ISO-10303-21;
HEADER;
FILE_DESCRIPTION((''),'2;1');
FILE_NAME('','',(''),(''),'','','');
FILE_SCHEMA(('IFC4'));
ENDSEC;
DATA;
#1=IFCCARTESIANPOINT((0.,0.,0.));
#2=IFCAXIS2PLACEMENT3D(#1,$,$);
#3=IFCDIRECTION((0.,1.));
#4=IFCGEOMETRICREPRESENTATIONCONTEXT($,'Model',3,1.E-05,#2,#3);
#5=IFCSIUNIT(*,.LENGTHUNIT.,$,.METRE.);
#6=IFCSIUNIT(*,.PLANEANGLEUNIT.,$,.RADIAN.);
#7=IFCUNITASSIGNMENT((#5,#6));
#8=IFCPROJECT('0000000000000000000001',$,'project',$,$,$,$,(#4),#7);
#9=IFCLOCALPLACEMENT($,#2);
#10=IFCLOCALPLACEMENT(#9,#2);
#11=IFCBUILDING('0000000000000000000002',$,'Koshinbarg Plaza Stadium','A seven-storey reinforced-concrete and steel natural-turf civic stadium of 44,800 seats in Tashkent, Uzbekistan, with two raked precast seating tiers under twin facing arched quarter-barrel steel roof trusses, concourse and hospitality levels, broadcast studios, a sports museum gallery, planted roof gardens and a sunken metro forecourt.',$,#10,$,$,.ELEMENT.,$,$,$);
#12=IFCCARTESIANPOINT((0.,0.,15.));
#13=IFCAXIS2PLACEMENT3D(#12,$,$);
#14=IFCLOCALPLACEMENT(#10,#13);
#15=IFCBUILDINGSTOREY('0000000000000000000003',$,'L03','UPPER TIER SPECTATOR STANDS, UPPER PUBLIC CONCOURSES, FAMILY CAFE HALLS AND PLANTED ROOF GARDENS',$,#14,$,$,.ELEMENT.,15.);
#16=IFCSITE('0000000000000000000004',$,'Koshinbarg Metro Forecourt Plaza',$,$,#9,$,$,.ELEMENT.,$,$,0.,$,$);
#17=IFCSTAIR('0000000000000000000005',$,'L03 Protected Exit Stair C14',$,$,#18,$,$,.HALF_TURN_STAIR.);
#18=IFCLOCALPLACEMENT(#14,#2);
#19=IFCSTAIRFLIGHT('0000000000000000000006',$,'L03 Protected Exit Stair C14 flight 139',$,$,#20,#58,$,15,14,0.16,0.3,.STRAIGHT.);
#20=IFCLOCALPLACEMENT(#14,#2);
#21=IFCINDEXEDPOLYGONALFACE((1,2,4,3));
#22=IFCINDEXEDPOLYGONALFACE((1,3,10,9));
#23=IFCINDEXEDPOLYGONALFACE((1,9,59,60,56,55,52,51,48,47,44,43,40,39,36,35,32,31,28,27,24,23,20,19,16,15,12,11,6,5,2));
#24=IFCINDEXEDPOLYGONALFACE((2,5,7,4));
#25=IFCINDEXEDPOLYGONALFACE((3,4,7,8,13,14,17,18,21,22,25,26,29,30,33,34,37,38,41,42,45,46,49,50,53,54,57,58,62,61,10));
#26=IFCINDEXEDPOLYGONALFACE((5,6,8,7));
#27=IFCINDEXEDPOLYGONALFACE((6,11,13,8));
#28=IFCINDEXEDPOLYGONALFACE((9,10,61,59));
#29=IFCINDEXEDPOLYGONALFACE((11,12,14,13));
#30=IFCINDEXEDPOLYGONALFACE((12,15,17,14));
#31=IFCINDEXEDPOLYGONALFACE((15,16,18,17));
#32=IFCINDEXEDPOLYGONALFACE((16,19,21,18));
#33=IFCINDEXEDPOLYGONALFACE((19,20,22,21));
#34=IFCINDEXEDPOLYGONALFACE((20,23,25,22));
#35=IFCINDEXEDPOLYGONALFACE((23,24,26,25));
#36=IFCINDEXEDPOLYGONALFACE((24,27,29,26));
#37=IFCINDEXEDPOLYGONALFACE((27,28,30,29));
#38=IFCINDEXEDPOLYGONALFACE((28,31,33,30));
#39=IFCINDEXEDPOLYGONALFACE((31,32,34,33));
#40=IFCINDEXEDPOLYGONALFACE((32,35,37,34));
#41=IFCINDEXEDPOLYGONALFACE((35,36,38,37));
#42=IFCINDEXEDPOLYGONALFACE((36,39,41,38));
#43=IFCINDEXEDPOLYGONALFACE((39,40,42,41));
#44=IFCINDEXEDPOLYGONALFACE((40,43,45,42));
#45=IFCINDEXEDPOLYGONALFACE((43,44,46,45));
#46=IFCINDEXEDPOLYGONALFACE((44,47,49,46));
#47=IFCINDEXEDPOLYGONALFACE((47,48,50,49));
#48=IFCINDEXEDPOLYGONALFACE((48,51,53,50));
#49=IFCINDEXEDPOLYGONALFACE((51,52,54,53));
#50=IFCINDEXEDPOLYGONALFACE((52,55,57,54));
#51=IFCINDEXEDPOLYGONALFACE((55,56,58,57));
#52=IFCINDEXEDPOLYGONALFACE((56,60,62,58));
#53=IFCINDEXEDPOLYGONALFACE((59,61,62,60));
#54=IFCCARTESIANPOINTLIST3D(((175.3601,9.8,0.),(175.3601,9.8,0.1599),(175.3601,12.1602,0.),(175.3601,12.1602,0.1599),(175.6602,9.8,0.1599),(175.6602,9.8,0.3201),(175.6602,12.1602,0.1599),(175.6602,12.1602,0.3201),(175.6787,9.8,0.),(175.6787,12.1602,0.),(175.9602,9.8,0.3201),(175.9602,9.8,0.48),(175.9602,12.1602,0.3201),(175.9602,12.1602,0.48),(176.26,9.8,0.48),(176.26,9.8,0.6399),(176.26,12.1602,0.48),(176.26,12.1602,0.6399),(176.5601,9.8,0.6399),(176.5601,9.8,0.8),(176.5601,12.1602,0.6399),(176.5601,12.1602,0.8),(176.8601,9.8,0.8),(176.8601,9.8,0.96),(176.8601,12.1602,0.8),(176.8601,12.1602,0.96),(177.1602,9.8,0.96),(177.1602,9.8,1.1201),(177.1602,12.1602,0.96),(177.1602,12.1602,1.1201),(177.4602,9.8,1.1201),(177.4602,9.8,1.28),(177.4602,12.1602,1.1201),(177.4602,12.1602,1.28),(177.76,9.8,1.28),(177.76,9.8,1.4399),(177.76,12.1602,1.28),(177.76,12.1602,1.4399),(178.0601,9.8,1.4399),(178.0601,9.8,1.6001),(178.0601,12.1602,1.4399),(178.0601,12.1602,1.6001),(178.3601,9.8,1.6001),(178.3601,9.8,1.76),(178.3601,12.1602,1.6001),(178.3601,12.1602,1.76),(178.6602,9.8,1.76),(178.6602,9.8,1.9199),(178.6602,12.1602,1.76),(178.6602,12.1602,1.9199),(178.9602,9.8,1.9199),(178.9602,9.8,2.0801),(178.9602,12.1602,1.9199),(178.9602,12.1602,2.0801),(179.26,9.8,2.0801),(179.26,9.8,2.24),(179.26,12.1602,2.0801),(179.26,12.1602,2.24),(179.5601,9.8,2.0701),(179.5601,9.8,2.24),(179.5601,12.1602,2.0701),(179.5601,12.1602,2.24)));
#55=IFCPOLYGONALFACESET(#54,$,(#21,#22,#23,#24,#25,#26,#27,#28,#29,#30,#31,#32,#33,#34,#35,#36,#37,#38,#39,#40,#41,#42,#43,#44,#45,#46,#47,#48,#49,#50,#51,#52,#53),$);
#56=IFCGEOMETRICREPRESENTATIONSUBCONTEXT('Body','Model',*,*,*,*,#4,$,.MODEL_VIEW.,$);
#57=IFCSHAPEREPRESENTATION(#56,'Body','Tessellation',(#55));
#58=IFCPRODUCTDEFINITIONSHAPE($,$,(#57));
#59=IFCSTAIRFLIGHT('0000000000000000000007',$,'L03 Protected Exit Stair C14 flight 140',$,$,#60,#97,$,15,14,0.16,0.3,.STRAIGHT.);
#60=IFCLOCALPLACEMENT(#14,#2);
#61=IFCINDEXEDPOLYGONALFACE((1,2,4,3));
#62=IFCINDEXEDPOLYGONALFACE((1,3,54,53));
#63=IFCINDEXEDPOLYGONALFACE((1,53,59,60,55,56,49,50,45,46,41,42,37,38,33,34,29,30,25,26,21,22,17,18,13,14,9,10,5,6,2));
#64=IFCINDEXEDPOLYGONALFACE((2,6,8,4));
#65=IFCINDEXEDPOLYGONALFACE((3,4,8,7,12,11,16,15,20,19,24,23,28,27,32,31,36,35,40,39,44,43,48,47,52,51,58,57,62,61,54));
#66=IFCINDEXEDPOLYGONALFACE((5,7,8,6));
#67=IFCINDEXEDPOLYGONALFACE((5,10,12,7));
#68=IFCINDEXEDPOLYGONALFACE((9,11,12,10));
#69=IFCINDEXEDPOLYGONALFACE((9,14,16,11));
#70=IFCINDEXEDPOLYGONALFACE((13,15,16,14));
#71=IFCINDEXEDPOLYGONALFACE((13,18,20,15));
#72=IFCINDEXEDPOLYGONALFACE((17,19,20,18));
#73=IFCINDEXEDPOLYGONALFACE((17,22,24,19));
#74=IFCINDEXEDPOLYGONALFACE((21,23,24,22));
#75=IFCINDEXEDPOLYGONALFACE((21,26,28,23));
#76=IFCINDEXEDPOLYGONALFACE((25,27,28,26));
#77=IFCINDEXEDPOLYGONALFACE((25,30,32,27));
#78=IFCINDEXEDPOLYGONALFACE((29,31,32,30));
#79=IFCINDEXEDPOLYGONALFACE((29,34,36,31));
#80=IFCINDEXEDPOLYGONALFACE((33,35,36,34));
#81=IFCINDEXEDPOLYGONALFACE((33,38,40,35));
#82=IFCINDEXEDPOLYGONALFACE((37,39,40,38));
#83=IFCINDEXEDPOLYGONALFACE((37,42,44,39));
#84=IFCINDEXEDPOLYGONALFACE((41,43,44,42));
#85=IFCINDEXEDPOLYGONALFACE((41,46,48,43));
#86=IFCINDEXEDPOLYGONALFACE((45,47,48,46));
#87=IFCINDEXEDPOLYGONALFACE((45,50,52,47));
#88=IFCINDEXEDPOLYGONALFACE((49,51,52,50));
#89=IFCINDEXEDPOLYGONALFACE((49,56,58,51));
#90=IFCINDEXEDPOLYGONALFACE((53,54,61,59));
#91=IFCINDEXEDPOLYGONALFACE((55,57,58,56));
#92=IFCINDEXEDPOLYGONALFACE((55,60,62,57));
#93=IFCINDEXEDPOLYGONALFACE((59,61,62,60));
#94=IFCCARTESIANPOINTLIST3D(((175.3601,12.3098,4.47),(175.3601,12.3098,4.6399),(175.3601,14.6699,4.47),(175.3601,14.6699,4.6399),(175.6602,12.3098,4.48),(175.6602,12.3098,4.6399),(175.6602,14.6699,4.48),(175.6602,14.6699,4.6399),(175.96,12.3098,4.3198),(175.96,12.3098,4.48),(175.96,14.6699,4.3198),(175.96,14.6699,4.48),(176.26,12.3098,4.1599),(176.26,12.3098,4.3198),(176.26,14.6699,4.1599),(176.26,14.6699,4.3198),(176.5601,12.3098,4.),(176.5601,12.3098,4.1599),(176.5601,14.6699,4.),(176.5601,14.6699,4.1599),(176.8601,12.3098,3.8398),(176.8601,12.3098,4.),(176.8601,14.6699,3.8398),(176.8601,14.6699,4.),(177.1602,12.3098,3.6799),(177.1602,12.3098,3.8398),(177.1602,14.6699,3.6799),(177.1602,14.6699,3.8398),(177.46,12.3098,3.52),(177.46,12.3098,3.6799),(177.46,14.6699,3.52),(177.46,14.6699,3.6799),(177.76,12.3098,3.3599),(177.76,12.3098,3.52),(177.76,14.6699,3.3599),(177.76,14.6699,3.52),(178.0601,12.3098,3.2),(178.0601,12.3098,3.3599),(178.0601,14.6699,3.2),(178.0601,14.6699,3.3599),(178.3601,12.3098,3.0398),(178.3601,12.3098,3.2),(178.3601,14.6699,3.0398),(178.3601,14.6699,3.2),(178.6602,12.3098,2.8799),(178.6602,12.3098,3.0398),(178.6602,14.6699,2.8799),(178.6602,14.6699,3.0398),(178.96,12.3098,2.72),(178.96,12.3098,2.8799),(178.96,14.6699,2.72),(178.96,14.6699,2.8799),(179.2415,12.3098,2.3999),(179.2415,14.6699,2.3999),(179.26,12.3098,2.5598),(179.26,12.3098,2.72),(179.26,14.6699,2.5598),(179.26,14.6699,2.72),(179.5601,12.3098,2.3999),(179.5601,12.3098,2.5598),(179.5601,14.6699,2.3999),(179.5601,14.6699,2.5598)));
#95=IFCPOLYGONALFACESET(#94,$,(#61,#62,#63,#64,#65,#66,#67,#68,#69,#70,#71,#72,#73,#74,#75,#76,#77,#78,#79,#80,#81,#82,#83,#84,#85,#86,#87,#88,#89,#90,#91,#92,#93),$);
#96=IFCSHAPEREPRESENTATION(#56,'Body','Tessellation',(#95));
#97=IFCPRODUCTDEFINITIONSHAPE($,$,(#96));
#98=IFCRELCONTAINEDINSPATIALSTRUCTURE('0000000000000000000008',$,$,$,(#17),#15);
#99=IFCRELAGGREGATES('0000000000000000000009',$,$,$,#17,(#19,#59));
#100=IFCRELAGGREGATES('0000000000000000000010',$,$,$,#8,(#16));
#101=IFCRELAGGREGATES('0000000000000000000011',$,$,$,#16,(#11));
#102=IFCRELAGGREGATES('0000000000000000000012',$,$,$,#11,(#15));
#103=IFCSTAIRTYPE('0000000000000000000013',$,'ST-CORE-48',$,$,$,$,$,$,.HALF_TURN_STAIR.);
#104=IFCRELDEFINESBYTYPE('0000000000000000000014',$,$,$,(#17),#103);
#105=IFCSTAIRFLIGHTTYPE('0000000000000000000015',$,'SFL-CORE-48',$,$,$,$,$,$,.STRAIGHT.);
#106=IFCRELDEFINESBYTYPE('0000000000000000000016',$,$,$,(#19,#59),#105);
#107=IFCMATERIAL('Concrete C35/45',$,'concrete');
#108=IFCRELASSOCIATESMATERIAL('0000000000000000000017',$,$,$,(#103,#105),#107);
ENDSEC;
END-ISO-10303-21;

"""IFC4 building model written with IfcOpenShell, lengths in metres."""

from ifc_helpers import new_model, si_unit, direction, frame, origin, place, context, subcontext, project, spatial, polyline, outline, extrude, material, type_object, element, aggregate, save


model = new_model("IFC4")

# Units and contexts
model_context = context("Model", 3, precision=1e-05, world=origin(), true_north=direction((0.0, 1.0)))
body_context = subcontext(model_context, "Body", "Model", "MODEL_VIEW")
ifc_project = project(units=[si_unit("LENGTHUNIT", "METRE"), si_unit("PLANEANGLEUNIT", "RADIAN")], contexts=[model_context])

# Site, building, storey
site_placement = place(None, origin())
site = spatial("IfcSite", under=ifc_project, at=site_placement, Name="Koshinbarg Metro Forecourt Plaza", CompositionType="ELEMENT", RefElevation=0.0)
building_placement = place(site_placement, origin())
building = spatial("IfcBuilding", under=site, at=building_placement, Name="Koshinbarg Plaza Stadium", Description="A seven-storey reinforced-concrete and steel natural-turf civic stadium of 44,800 seats in Tashkent, Uzbekistan, with two raked precast seating tiers under twin facing arched quarter-barrel steel roof trusses, concourse and hospitality levels, broadcast studios, a sports museum gallery, planted roof gardens and a sunken metro forecourt.", CompositionType="ELEMENT")
storey_placement = place(building_placement, frame((0.0, 0.0, 15.0)))
storey = spatial("IfcBuildingStorey", under=building, at=storey_placement, Name="L03", Description="UPPER TIER SPECTATOR STANDS, UPPER PUBLIC CONCOURSES, FAMILY CAFE HALLS AND PLANTED ROOF GARDENS", CompositionType="ELEMENT", Elevation=15.0)

# Stair, stair flights
ifc_material_1 = material(Name="Concrete C35/45", Category="concrete")
stair_type = type_object("IfcStairType", Name="ST-CORE-48", PredefinedType="HALF_TURN_STAIR", material=ifc_material_1)
stair_placement = place(storey_placement, origin())
stair = element("IfcStair", 1, at=stair_placement, inside=storey, type_object=stair_type, Name="L03 Protected Exit Stair C14", PredefinedType="HALF_TURN_STAIR")
stair_flight_type = type_object("IfcStairFlightType", Name="SFL-CORE-48", PredefinedType="STRAIGHT", material=ifc_material_1)
stair_flight_1_placement = place(storey_placement, frame((175.3601, 10.98, 0.0), z_axis=(0.0, 0.0, 1.0), x_axis=(1.0, 0.0, 0.0)))
stair_flight_1 = element("IfcStairFlight", 2, at=stair_flight_1_placement, type_object=stair_flight_type, Name="L03 Protected Exit Stair C14 flight 139", NumberOfRisers=15, NumberOfTreads=14, PredefinedType="STRAIGHT", RiserHeight=0.16, TreadLength=0.3, context=body_context, shape_type="SweptSolid", body=[
    extrude(outline(polyline([(0.0, 0.0), (0.0, 0.1599), (0.3, 0.1599), (0.3, 0.3201), (0.6001, 0.3201), (0.6001, 0.48), (0.8999, 0.48), (0.8999, 0.6399), (1.2, 0.6399), (1.2, 0.8), (1.5, 0.8), (1.5, 0.96), (1.8, 0.96), (1.8, 1.1201), (2.1001, 1.1201), (2.1001, 1.28), (2.3999, 1.28), (2.3999, 1.4399), (2.7, 1.4399), (2.7, 1.6001), (3.0, 1.6001), (3.0, 1.76), (3.3, 1.76), (3.3, 1.9199), (3.6001, 1.9199), (3.6001, 2.0801), (3.8999, 2.0801), (3.8999, 2.24), (4.2, 2.24), (4.2, 2.3999), (4.2, 2.0701), (0.3186, 0.0), (0.0, 0.0)])), frame((0.0, 1.1802, 0.0), z_axis=(0.0, -1.0, 0.0), x_axis=(1.0, 0.0, 0.0)), (0.0, 0.0, 1.0), 2.3601),
])
stair_flight_2_placement = place(storey_placement, frame((179.5601, 13.49, 2.3999), z_axis=(0.0, 0.0, 1.0), x_axis=(-1.0, 0.0, 0.0)))
stair_flight_2 = element("IfcStairFlight", 3, at=stair_flight_2_placement, type_object=stair_flight_type, Name="L03 Protected Exit Stair C14 flight 140", NumberOfRisers=15, NumberOfTreads=14, PredefinedType="STRAIGHT", RiserHeight=0.16, TreadLength=0.3, context=body_context, shape_type="SweptSolid", body=[
    extrude(outline(polyline([(0.0, 0.0), (0.0, 0.1599), (0.3, 0.1599), (0.3, 0.3201), (0.6001, 0.3201), (0.6001, 0.48), (0.8999, 0.48), (0.8999, 0.6399), (1.2, 0.6399), (1.2, 0.8), (1.5, 0.8), (1.5, 0.96), (1.8, 0.96), (1.8, 1.1201), (2.1001, 1.1201), (2.1001, 1.28), (2.3999, 1.28), (2.3999, 1.4399), (2.7, 1.4399), (2.7, 1.6001), (3.0, 1.6001), (3.0, 1.76), (3.3, 1.76), (3.3, 1.9199), (3.6001, 1.9199), (3.6001, 2.0801), (3.8999, 2.0801), (3.8999, 2.24), (4.2, 2.24), (4.2, 2.3999), (4.2, 2.0701), (0.3186, 0.0), (0.0, 0.0)])), frame((0.0, 1.1802, 0.0), z_axis=(0.0, -1.0, 0.0), x_axis=(1.0, 0.0, 0.0)), (0.0, 0.0, 1.0), 2.3601),
])
aggregate(stair, [stair_flight_1, stair_flight_2])

save(model, "model.ifc")
